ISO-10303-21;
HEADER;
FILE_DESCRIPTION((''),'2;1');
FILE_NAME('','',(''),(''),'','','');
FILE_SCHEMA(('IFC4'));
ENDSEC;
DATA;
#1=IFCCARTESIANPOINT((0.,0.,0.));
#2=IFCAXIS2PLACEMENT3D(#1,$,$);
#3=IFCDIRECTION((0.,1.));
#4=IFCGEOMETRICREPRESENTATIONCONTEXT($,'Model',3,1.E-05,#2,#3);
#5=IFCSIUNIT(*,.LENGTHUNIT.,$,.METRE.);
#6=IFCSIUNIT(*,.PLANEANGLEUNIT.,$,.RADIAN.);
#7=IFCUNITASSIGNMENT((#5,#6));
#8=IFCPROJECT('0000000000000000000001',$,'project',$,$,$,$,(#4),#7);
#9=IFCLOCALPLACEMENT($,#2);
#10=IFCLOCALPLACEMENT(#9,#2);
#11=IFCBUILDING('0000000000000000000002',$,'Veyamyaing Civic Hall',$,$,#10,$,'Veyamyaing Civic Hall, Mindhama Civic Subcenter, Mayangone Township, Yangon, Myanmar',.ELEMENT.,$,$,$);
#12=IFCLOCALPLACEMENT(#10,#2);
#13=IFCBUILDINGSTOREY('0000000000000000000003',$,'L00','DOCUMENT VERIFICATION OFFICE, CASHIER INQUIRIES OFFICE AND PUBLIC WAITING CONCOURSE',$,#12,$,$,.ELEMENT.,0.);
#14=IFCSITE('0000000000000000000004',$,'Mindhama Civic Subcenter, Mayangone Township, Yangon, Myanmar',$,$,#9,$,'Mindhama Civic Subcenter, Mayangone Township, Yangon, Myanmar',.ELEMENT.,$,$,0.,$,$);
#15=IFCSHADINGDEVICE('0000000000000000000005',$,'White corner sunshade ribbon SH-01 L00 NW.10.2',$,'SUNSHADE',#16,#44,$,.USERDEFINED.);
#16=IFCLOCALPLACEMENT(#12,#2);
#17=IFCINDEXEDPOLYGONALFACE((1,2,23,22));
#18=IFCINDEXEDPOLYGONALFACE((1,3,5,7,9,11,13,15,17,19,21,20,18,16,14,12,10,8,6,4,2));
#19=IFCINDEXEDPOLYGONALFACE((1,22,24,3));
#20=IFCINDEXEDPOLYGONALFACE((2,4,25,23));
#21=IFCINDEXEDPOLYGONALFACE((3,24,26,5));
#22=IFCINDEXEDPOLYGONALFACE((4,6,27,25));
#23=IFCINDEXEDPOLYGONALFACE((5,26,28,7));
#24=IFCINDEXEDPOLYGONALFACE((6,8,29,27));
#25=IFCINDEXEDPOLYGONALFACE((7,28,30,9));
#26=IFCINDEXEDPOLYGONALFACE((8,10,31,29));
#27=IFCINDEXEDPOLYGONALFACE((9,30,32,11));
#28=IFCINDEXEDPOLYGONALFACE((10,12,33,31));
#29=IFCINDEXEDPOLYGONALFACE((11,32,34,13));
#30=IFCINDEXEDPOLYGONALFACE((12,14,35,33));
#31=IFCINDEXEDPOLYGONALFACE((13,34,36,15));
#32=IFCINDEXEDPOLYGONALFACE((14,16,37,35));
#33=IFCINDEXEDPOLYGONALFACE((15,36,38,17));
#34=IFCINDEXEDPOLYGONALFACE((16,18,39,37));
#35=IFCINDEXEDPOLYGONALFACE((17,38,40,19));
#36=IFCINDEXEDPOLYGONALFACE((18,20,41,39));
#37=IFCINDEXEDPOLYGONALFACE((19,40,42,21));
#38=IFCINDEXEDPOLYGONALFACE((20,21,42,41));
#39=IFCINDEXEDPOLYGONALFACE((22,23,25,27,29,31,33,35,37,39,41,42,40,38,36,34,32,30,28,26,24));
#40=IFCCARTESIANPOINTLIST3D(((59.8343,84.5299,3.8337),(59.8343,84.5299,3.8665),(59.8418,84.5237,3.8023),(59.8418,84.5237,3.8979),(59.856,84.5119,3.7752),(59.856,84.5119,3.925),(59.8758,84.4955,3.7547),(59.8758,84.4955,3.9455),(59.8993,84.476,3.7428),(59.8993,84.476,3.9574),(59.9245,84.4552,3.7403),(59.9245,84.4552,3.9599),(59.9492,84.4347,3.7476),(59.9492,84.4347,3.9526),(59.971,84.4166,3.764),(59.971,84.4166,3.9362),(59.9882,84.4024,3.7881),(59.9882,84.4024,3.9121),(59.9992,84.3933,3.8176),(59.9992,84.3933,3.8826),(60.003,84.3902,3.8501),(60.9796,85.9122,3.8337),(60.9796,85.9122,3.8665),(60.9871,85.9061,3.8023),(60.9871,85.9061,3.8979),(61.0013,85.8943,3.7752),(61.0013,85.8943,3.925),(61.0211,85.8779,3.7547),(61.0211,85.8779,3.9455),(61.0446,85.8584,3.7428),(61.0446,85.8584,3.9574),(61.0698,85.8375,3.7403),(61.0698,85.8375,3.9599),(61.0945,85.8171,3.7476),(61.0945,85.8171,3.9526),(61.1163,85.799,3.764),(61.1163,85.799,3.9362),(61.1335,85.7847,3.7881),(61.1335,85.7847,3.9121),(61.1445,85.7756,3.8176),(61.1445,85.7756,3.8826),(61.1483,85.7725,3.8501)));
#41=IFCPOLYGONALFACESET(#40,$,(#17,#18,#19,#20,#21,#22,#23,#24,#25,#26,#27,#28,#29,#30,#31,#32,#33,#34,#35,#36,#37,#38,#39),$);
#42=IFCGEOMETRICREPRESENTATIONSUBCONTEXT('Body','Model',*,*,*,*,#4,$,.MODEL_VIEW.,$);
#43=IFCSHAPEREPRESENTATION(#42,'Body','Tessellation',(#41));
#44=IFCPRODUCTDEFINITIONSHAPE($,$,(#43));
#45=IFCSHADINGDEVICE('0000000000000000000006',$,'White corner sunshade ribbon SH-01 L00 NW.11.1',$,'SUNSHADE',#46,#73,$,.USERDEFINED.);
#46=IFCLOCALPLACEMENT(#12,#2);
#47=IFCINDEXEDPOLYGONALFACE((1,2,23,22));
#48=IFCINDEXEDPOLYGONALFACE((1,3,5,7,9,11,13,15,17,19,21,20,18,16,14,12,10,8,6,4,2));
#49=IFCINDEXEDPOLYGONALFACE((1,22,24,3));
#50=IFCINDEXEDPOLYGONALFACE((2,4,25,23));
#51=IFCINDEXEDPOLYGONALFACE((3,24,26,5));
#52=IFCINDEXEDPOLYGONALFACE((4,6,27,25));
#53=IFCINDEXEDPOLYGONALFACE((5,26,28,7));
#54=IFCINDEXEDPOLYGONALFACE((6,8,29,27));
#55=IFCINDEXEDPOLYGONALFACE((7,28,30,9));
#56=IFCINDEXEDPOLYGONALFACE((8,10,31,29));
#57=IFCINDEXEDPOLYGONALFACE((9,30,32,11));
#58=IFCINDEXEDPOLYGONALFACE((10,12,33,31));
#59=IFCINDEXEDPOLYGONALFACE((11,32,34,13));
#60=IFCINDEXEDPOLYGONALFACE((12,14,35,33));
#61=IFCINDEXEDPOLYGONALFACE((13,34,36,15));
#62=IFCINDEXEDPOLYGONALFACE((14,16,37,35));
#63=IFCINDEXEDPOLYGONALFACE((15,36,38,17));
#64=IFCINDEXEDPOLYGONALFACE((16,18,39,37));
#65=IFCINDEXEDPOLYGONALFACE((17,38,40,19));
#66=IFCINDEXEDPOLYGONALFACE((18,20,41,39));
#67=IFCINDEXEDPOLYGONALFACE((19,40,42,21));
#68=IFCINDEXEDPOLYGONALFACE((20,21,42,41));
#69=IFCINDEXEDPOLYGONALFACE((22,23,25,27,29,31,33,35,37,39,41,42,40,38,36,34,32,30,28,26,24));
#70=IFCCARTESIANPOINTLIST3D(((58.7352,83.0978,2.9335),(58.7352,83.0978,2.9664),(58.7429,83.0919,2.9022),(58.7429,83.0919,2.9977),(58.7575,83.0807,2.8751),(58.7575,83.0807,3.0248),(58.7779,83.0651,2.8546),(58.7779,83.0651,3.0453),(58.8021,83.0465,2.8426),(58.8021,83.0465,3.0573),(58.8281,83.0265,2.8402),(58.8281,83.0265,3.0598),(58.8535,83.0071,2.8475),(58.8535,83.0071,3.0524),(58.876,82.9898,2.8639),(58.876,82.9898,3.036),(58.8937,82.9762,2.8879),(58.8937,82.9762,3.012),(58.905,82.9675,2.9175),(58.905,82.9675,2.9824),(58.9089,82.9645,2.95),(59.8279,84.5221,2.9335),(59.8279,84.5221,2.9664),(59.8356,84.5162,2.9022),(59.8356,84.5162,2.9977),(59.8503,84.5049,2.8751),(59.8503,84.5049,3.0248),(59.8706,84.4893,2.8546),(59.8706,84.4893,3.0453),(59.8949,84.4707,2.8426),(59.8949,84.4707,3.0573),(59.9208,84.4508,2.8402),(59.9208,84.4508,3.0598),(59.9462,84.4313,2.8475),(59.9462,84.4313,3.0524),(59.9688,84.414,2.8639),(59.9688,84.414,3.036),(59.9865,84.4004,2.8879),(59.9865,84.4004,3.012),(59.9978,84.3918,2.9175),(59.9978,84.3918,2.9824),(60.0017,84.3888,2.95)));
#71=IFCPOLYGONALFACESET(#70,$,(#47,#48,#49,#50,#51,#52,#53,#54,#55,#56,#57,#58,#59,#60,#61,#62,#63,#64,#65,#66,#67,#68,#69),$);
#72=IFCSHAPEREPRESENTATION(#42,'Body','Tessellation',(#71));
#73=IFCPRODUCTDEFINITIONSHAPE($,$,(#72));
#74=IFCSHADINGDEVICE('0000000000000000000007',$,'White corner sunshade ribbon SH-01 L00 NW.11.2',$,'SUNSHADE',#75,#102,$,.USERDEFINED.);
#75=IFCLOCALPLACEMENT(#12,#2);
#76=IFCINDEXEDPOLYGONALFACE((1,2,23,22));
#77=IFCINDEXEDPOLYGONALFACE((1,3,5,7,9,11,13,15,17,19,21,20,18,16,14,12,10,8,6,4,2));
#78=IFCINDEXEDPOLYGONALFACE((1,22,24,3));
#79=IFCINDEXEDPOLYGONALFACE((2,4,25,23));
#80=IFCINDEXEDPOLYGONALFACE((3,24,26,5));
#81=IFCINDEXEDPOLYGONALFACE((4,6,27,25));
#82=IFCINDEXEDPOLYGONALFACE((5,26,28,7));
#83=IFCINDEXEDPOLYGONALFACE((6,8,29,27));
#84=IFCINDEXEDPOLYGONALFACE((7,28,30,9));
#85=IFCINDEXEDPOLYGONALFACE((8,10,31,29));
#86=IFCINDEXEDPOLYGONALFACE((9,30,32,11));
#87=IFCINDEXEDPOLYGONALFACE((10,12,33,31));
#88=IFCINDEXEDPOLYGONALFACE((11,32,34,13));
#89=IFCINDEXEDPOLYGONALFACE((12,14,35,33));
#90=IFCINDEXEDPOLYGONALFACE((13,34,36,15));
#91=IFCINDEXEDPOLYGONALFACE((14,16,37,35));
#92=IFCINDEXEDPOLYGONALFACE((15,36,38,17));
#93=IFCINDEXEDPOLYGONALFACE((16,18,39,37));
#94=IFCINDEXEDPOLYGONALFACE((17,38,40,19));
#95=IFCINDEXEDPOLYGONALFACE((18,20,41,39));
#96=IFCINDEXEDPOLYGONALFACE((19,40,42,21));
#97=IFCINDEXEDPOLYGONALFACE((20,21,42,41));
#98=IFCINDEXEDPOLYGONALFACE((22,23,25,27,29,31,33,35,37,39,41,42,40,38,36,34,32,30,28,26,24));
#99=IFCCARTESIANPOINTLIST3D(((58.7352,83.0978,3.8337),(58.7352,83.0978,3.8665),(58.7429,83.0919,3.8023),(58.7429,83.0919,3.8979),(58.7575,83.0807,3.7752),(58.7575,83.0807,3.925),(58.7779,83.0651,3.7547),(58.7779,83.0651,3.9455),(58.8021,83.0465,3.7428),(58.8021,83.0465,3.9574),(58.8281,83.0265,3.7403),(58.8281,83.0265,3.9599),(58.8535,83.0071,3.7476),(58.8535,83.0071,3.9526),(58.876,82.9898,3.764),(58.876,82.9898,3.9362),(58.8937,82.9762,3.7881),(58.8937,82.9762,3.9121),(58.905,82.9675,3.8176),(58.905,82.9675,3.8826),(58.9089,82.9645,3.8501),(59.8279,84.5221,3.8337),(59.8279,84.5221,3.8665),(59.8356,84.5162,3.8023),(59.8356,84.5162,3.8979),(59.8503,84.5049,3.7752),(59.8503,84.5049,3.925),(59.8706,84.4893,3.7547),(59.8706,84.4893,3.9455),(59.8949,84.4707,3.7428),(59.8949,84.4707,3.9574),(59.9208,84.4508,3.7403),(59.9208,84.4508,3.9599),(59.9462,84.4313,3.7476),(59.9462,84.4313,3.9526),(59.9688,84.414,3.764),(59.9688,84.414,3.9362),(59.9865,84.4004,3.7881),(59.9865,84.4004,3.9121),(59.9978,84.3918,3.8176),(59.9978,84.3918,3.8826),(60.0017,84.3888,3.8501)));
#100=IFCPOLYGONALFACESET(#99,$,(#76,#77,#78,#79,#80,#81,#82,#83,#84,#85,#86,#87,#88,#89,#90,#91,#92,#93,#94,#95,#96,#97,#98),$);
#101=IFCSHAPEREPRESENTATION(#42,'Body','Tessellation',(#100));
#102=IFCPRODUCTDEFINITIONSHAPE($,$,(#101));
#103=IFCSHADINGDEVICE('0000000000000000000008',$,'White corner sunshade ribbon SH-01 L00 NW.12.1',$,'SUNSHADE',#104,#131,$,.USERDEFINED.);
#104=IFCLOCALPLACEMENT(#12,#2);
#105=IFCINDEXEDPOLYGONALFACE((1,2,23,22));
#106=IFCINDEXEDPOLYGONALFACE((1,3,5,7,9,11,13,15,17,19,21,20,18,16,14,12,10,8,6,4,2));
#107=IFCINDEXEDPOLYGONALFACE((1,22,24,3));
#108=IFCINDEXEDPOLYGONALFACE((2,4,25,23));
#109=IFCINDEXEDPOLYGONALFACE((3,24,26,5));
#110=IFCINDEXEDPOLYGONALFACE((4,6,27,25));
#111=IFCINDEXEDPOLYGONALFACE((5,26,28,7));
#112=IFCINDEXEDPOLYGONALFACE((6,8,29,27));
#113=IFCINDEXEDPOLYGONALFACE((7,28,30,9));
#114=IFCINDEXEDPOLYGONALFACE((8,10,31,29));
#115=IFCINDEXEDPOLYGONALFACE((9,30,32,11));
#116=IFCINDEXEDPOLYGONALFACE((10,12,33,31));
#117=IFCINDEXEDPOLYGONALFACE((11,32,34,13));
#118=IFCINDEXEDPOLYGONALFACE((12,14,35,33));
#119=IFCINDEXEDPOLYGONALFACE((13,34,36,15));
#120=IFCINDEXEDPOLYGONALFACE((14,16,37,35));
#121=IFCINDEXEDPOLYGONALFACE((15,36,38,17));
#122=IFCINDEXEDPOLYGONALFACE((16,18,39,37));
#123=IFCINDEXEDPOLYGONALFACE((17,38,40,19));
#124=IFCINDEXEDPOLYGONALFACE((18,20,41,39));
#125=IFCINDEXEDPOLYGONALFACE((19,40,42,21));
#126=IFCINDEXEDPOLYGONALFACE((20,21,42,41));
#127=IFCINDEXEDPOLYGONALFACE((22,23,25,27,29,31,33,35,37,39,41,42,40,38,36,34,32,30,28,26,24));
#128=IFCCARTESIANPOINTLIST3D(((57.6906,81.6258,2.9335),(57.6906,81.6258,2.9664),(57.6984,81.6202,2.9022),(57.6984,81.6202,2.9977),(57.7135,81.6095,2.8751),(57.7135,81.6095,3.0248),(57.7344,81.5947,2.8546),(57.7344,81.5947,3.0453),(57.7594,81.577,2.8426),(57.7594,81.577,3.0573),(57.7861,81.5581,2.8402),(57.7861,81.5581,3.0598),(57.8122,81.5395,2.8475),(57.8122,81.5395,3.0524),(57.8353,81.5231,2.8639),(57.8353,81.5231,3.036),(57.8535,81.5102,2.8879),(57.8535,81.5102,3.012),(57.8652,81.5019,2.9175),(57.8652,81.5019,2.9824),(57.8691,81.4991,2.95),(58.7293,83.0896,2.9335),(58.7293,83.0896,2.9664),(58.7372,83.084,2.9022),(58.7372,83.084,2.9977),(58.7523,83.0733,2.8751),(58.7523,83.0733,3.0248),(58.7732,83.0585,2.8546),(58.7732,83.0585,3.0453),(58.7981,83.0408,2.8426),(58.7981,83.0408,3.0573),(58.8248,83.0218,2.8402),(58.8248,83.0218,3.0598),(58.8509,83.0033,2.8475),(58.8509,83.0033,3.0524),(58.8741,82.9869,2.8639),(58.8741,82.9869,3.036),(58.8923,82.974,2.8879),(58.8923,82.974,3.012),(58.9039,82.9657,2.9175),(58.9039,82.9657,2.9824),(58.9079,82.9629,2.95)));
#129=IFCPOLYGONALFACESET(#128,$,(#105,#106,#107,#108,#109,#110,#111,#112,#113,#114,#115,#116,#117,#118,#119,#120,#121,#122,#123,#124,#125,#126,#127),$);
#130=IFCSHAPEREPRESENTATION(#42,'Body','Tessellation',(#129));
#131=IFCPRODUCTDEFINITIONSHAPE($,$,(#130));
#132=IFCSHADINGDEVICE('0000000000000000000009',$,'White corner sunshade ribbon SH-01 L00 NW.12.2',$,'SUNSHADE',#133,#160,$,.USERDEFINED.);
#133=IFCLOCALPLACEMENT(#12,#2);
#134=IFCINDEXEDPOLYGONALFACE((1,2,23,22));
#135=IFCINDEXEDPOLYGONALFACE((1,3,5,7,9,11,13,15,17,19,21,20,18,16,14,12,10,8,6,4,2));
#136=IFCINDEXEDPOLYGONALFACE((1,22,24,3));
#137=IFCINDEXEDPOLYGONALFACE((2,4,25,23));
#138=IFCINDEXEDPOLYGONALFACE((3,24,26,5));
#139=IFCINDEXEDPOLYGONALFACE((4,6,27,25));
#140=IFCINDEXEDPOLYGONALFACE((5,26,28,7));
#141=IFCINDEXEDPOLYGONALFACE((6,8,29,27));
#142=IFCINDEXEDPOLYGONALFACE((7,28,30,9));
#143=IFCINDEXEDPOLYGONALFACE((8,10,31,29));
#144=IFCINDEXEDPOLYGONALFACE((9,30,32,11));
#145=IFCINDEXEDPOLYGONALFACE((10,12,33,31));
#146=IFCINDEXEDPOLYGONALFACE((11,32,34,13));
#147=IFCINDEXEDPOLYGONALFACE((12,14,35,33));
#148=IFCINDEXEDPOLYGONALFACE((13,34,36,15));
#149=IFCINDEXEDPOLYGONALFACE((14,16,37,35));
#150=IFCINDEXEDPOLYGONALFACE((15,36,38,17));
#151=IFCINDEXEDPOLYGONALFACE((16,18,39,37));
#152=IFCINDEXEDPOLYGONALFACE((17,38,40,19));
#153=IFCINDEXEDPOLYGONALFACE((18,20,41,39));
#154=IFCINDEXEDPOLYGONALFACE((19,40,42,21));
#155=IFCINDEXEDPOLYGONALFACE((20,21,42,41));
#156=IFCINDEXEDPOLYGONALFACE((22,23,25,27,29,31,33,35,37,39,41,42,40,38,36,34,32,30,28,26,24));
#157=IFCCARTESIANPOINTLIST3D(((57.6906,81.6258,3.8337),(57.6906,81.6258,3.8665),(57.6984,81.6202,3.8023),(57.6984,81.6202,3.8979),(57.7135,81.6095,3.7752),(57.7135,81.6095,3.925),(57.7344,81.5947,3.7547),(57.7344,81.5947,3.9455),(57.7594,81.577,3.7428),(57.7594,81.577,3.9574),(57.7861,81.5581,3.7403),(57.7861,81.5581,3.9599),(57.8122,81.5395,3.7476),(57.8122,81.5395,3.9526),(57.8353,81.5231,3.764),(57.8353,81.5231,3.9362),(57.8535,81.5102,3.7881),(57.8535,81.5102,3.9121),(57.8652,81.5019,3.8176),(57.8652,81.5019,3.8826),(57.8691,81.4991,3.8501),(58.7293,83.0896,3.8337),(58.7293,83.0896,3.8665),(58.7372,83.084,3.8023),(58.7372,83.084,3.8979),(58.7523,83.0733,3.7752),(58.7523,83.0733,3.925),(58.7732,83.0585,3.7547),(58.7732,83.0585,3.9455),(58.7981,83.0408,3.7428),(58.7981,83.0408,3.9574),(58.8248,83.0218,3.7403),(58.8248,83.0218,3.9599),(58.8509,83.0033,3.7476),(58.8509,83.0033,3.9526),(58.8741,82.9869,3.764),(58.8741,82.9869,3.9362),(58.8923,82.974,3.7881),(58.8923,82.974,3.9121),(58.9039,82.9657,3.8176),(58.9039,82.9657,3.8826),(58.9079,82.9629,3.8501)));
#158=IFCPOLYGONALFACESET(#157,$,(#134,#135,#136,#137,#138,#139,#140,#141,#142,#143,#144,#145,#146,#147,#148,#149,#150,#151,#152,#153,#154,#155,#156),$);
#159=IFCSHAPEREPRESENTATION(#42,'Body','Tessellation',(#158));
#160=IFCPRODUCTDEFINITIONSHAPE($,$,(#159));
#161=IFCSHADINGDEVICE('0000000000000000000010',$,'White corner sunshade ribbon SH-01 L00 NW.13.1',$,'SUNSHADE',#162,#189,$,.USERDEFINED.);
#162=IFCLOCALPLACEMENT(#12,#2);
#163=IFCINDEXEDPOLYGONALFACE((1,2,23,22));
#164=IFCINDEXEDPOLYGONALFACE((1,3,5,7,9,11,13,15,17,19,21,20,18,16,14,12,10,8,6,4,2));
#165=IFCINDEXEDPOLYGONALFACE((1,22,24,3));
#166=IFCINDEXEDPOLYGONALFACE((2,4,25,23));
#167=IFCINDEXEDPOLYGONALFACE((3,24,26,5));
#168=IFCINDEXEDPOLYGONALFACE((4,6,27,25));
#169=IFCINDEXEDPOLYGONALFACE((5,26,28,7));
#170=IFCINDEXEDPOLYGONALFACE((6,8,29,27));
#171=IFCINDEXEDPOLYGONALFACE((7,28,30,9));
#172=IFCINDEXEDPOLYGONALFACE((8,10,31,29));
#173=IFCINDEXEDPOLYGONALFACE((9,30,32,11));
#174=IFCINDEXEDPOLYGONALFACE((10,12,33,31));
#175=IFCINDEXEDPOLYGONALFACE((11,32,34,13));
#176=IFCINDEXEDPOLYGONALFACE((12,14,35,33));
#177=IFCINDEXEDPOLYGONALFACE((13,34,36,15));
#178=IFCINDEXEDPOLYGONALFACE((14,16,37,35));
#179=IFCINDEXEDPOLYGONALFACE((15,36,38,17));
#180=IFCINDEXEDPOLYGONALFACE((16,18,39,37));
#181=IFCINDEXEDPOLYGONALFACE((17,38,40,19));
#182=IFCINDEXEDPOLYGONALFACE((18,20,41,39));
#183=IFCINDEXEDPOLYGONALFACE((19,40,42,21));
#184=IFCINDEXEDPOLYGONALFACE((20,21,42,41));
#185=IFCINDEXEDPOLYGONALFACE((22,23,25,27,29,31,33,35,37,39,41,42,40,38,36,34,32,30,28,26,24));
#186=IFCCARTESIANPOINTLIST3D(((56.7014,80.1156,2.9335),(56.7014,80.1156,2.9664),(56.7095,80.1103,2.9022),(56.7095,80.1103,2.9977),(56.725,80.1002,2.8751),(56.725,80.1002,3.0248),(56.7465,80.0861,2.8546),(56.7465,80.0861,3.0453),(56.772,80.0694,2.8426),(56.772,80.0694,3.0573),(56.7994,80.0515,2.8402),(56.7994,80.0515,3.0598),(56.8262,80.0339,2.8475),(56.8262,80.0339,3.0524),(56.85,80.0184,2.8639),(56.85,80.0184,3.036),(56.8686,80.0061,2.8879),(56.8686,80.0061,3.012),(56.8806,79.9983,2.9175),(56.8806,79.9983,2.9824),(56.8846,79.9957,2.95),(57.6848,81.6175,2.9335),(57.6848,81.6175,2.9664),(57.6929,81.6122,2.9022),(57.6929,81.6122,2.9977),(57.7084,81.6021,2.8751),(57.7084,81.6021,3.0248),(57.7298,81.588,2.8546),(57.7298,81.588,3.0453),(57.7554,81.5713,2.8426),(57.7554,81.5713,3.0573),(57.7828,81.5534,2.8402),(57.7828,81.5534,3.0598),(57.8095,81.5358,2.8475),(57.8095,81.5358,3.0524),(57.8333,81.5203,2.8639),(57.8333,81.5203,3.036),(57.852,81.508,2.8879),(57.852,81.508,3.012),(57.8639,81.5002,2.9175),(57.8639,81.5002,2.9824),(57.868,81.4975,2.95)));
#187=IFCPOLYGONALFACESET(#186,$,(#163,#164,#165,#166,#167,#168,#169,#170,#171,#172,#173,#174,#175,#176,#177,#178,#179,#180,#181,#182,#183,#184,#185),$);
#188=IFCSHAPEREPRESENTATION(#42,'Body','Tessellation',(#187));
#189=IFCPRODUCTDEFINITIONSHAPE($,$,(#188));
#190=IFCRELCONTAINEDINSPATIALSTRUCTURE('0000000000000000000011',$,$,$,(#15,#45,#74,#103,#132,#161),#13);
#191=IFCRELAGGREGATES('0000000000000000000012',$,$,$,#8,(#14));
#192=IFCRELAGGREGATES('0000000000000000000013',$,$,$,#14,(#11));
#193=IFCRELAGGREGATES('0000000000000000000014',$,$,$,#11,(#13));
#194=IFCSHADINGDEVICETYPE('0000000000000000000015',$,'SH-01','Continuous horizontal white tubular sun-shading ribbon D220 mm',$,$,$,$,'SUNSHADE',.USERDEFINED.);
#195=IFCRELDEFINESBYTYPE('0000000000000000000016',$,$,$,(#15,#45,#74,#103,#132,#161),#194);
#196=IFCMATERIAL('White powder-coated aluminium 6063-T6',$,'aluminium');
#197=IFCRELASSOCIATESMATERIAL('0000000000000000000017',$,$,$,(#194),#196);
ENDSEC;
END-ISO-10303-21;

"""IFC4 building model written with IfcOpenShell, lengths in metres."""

from ifc_helpers import new_model, si_unit, direction, frame, origin, origin_2d, place, context, subcontext, project, spatial, circle, extrude, material, material_profile, profile_set, type_object, element, save


model = new_model("IFC4")

# Units and contexts
model_context = context("Model", 3, precision=1e-05, world=origin(), true_north=direction((0.0, 1.0)))
body_context = subcontext(model_context, "Body", "Model", "MODEL_VIEW")
ifc_project = project(units=[si_unit("LENGTHUNIT", "METRE"), si_unit("PLANEANGLEUNIT", "RADIAN")], contexts=[model_context])

# Site, building, storey
site_placement = place(None, origin())
site = spatial("IfcSite", under=ifc_project, at=site_placement, Name="Mindhama Civic Subcenter, Mayangone Township, Yangon, Myanmar", LongName="Mindhama Civic Subcenter, Mayangone Township, Yangon, Myanmar", CompositionType="ELEMENT", RefElevation=0.0)
building_placement = place(site_placement, origin())
building = spatial("IfcBuilding", under=site, at=building_placement, Name="Veyamyaing Civic Hall", LongName="Veyamyaing Civic Hall, Mindhama Civic Subcenter, Mayangone Township, Yangon, Myanmar", CompositionType="ELEMENT")
storey_placement = place(building_placement, origin())
storey = spatial("IfcBuildingStorey", under=building, at=storey_placement, Name="L00", Description="DOCUMENT VERIFICATION OFFICE, CASHIER INQUIRIES OFFICE AND PUBLIC WAITING CONCOURSE", CompositionType="ELEMENT", Elevation=0.0)

# Shared definitions
ifc_material_1 = material(Name="White powder-coated aluminium 6063-T6", Category="aluminium")

# Shading devices
ifc_material_profile_1 = material_profile(ifc_material_1, circle(Radius=0.1101, at=origin_2d()), Name="SHADE-TUBE-220")
ifc_profile_set_1 = profile_set([ifc_material_profile_1], Name="White powder-coated aluminium 6063-T6")
shading_device_type_1 = type_object("IfcShadingDeviceType", Name="SH-01", Description="Continuous horizontal white tubular sun-shading ribbon D220 mm", ElementType="SUNSHADE", PredefinedType="USERDEFINED", material=ifc_profile_set_1)
for number, where, z_axis, x_axis, name in (
    (1, (61.0635, 85.8428, 3.8501), (-0.637988, -0.770046, 0.0), (0.770046, -0.637988, 0.0), "White corner sunshade ribbon SH-01 L00 NW.10.2"),
    (2, (59.9143, 84.4558, 2.95), (-0.608711, -0.793392, 0.0), (0.793392, -0.608711, 0.0), "White corner sunshade ribbon SH-01 L00 NW.11.1"),
    (3, (59.9143, 84.4558, 3.8501), (-0.608711, -0.793392, 0.0), (0.793392, -0.608711, 0.0), "White corner sunshade ribbon SH-01 L00 NW.11.2"),
):
    element("IfcShadingDevice", number, at=place(storey_placement, frame(where, z_axis=z_axis, x_axis=x_axis)), inside=storey, type_object=shading_device_type_1, Name=name, ObjectType="SUNSHADE", PredefinedType="USERDEFINED", context=body_context, shape_type="SweptSolid", body=[
        extrude(circle(Radius=0.1101, at=origin_2d()), origin(), (0.0, 0.0, 1.0), 1.7952),
    ])
for number, where, z_axis, x_axis, name in (
    (4, (58.8181, 83.0266, 2.95), (-0.578727, -0.815522, 0.0), (0.815522, -0.578727, 0.0), "White corner sunshade ribbon SH-01 L00 NW.12.1"),
    (5, (58.8181, 83.0266, 3.8501), (-0.578727, -0.815522, 0.0), (0.815522, -0.578727, 0.0), "White corner sunshade ribbon SH-01 L00 NW.12.2"),
):
    element("IfcShadingDevice", number, at=place(storey_placement, frame(where, z_axis=z_axis, x_axis=x_axis)), inside=storey, type_object=shading_device_type_1, Name=name, ObjectType="SUNSHADE", PredefinedType="USERDEFINED", context=body_context, shape_type="SweptSolid", body=[
        extrude(circle(Radius=0.1101, at=origin_2d()), origin(), (0.0, 0.0, 1.0), 1.7949),
    ])
for number, where, z_axis, x_axis, name in (
    (6, (57.7759, 81.5579, 2.95), (-0.547777, -0.836624, 0.0), (0.836624, -0.547777, 0.0), "White corner sunshade ribbon SH-01 L00 NW.13.1"),
):
    element("IfcShadingDevice", number, at=place(storey_placement, frame(where, z_axis=z_axis, x_axis=x_axis)), inside=storey, type_object=shading_device_type_1, Name=name, ObjectType="SUNSHADE", PredefinedType="USERDEFINED", context=body_context, shape_type="SweptSolid", body=[
        extrude(circle(Radius=0.1101, at=origin_2d()), origin(), (0.0, 0.0, 1.0), 1.7952),
    ])

save(model, "model.ifc")
